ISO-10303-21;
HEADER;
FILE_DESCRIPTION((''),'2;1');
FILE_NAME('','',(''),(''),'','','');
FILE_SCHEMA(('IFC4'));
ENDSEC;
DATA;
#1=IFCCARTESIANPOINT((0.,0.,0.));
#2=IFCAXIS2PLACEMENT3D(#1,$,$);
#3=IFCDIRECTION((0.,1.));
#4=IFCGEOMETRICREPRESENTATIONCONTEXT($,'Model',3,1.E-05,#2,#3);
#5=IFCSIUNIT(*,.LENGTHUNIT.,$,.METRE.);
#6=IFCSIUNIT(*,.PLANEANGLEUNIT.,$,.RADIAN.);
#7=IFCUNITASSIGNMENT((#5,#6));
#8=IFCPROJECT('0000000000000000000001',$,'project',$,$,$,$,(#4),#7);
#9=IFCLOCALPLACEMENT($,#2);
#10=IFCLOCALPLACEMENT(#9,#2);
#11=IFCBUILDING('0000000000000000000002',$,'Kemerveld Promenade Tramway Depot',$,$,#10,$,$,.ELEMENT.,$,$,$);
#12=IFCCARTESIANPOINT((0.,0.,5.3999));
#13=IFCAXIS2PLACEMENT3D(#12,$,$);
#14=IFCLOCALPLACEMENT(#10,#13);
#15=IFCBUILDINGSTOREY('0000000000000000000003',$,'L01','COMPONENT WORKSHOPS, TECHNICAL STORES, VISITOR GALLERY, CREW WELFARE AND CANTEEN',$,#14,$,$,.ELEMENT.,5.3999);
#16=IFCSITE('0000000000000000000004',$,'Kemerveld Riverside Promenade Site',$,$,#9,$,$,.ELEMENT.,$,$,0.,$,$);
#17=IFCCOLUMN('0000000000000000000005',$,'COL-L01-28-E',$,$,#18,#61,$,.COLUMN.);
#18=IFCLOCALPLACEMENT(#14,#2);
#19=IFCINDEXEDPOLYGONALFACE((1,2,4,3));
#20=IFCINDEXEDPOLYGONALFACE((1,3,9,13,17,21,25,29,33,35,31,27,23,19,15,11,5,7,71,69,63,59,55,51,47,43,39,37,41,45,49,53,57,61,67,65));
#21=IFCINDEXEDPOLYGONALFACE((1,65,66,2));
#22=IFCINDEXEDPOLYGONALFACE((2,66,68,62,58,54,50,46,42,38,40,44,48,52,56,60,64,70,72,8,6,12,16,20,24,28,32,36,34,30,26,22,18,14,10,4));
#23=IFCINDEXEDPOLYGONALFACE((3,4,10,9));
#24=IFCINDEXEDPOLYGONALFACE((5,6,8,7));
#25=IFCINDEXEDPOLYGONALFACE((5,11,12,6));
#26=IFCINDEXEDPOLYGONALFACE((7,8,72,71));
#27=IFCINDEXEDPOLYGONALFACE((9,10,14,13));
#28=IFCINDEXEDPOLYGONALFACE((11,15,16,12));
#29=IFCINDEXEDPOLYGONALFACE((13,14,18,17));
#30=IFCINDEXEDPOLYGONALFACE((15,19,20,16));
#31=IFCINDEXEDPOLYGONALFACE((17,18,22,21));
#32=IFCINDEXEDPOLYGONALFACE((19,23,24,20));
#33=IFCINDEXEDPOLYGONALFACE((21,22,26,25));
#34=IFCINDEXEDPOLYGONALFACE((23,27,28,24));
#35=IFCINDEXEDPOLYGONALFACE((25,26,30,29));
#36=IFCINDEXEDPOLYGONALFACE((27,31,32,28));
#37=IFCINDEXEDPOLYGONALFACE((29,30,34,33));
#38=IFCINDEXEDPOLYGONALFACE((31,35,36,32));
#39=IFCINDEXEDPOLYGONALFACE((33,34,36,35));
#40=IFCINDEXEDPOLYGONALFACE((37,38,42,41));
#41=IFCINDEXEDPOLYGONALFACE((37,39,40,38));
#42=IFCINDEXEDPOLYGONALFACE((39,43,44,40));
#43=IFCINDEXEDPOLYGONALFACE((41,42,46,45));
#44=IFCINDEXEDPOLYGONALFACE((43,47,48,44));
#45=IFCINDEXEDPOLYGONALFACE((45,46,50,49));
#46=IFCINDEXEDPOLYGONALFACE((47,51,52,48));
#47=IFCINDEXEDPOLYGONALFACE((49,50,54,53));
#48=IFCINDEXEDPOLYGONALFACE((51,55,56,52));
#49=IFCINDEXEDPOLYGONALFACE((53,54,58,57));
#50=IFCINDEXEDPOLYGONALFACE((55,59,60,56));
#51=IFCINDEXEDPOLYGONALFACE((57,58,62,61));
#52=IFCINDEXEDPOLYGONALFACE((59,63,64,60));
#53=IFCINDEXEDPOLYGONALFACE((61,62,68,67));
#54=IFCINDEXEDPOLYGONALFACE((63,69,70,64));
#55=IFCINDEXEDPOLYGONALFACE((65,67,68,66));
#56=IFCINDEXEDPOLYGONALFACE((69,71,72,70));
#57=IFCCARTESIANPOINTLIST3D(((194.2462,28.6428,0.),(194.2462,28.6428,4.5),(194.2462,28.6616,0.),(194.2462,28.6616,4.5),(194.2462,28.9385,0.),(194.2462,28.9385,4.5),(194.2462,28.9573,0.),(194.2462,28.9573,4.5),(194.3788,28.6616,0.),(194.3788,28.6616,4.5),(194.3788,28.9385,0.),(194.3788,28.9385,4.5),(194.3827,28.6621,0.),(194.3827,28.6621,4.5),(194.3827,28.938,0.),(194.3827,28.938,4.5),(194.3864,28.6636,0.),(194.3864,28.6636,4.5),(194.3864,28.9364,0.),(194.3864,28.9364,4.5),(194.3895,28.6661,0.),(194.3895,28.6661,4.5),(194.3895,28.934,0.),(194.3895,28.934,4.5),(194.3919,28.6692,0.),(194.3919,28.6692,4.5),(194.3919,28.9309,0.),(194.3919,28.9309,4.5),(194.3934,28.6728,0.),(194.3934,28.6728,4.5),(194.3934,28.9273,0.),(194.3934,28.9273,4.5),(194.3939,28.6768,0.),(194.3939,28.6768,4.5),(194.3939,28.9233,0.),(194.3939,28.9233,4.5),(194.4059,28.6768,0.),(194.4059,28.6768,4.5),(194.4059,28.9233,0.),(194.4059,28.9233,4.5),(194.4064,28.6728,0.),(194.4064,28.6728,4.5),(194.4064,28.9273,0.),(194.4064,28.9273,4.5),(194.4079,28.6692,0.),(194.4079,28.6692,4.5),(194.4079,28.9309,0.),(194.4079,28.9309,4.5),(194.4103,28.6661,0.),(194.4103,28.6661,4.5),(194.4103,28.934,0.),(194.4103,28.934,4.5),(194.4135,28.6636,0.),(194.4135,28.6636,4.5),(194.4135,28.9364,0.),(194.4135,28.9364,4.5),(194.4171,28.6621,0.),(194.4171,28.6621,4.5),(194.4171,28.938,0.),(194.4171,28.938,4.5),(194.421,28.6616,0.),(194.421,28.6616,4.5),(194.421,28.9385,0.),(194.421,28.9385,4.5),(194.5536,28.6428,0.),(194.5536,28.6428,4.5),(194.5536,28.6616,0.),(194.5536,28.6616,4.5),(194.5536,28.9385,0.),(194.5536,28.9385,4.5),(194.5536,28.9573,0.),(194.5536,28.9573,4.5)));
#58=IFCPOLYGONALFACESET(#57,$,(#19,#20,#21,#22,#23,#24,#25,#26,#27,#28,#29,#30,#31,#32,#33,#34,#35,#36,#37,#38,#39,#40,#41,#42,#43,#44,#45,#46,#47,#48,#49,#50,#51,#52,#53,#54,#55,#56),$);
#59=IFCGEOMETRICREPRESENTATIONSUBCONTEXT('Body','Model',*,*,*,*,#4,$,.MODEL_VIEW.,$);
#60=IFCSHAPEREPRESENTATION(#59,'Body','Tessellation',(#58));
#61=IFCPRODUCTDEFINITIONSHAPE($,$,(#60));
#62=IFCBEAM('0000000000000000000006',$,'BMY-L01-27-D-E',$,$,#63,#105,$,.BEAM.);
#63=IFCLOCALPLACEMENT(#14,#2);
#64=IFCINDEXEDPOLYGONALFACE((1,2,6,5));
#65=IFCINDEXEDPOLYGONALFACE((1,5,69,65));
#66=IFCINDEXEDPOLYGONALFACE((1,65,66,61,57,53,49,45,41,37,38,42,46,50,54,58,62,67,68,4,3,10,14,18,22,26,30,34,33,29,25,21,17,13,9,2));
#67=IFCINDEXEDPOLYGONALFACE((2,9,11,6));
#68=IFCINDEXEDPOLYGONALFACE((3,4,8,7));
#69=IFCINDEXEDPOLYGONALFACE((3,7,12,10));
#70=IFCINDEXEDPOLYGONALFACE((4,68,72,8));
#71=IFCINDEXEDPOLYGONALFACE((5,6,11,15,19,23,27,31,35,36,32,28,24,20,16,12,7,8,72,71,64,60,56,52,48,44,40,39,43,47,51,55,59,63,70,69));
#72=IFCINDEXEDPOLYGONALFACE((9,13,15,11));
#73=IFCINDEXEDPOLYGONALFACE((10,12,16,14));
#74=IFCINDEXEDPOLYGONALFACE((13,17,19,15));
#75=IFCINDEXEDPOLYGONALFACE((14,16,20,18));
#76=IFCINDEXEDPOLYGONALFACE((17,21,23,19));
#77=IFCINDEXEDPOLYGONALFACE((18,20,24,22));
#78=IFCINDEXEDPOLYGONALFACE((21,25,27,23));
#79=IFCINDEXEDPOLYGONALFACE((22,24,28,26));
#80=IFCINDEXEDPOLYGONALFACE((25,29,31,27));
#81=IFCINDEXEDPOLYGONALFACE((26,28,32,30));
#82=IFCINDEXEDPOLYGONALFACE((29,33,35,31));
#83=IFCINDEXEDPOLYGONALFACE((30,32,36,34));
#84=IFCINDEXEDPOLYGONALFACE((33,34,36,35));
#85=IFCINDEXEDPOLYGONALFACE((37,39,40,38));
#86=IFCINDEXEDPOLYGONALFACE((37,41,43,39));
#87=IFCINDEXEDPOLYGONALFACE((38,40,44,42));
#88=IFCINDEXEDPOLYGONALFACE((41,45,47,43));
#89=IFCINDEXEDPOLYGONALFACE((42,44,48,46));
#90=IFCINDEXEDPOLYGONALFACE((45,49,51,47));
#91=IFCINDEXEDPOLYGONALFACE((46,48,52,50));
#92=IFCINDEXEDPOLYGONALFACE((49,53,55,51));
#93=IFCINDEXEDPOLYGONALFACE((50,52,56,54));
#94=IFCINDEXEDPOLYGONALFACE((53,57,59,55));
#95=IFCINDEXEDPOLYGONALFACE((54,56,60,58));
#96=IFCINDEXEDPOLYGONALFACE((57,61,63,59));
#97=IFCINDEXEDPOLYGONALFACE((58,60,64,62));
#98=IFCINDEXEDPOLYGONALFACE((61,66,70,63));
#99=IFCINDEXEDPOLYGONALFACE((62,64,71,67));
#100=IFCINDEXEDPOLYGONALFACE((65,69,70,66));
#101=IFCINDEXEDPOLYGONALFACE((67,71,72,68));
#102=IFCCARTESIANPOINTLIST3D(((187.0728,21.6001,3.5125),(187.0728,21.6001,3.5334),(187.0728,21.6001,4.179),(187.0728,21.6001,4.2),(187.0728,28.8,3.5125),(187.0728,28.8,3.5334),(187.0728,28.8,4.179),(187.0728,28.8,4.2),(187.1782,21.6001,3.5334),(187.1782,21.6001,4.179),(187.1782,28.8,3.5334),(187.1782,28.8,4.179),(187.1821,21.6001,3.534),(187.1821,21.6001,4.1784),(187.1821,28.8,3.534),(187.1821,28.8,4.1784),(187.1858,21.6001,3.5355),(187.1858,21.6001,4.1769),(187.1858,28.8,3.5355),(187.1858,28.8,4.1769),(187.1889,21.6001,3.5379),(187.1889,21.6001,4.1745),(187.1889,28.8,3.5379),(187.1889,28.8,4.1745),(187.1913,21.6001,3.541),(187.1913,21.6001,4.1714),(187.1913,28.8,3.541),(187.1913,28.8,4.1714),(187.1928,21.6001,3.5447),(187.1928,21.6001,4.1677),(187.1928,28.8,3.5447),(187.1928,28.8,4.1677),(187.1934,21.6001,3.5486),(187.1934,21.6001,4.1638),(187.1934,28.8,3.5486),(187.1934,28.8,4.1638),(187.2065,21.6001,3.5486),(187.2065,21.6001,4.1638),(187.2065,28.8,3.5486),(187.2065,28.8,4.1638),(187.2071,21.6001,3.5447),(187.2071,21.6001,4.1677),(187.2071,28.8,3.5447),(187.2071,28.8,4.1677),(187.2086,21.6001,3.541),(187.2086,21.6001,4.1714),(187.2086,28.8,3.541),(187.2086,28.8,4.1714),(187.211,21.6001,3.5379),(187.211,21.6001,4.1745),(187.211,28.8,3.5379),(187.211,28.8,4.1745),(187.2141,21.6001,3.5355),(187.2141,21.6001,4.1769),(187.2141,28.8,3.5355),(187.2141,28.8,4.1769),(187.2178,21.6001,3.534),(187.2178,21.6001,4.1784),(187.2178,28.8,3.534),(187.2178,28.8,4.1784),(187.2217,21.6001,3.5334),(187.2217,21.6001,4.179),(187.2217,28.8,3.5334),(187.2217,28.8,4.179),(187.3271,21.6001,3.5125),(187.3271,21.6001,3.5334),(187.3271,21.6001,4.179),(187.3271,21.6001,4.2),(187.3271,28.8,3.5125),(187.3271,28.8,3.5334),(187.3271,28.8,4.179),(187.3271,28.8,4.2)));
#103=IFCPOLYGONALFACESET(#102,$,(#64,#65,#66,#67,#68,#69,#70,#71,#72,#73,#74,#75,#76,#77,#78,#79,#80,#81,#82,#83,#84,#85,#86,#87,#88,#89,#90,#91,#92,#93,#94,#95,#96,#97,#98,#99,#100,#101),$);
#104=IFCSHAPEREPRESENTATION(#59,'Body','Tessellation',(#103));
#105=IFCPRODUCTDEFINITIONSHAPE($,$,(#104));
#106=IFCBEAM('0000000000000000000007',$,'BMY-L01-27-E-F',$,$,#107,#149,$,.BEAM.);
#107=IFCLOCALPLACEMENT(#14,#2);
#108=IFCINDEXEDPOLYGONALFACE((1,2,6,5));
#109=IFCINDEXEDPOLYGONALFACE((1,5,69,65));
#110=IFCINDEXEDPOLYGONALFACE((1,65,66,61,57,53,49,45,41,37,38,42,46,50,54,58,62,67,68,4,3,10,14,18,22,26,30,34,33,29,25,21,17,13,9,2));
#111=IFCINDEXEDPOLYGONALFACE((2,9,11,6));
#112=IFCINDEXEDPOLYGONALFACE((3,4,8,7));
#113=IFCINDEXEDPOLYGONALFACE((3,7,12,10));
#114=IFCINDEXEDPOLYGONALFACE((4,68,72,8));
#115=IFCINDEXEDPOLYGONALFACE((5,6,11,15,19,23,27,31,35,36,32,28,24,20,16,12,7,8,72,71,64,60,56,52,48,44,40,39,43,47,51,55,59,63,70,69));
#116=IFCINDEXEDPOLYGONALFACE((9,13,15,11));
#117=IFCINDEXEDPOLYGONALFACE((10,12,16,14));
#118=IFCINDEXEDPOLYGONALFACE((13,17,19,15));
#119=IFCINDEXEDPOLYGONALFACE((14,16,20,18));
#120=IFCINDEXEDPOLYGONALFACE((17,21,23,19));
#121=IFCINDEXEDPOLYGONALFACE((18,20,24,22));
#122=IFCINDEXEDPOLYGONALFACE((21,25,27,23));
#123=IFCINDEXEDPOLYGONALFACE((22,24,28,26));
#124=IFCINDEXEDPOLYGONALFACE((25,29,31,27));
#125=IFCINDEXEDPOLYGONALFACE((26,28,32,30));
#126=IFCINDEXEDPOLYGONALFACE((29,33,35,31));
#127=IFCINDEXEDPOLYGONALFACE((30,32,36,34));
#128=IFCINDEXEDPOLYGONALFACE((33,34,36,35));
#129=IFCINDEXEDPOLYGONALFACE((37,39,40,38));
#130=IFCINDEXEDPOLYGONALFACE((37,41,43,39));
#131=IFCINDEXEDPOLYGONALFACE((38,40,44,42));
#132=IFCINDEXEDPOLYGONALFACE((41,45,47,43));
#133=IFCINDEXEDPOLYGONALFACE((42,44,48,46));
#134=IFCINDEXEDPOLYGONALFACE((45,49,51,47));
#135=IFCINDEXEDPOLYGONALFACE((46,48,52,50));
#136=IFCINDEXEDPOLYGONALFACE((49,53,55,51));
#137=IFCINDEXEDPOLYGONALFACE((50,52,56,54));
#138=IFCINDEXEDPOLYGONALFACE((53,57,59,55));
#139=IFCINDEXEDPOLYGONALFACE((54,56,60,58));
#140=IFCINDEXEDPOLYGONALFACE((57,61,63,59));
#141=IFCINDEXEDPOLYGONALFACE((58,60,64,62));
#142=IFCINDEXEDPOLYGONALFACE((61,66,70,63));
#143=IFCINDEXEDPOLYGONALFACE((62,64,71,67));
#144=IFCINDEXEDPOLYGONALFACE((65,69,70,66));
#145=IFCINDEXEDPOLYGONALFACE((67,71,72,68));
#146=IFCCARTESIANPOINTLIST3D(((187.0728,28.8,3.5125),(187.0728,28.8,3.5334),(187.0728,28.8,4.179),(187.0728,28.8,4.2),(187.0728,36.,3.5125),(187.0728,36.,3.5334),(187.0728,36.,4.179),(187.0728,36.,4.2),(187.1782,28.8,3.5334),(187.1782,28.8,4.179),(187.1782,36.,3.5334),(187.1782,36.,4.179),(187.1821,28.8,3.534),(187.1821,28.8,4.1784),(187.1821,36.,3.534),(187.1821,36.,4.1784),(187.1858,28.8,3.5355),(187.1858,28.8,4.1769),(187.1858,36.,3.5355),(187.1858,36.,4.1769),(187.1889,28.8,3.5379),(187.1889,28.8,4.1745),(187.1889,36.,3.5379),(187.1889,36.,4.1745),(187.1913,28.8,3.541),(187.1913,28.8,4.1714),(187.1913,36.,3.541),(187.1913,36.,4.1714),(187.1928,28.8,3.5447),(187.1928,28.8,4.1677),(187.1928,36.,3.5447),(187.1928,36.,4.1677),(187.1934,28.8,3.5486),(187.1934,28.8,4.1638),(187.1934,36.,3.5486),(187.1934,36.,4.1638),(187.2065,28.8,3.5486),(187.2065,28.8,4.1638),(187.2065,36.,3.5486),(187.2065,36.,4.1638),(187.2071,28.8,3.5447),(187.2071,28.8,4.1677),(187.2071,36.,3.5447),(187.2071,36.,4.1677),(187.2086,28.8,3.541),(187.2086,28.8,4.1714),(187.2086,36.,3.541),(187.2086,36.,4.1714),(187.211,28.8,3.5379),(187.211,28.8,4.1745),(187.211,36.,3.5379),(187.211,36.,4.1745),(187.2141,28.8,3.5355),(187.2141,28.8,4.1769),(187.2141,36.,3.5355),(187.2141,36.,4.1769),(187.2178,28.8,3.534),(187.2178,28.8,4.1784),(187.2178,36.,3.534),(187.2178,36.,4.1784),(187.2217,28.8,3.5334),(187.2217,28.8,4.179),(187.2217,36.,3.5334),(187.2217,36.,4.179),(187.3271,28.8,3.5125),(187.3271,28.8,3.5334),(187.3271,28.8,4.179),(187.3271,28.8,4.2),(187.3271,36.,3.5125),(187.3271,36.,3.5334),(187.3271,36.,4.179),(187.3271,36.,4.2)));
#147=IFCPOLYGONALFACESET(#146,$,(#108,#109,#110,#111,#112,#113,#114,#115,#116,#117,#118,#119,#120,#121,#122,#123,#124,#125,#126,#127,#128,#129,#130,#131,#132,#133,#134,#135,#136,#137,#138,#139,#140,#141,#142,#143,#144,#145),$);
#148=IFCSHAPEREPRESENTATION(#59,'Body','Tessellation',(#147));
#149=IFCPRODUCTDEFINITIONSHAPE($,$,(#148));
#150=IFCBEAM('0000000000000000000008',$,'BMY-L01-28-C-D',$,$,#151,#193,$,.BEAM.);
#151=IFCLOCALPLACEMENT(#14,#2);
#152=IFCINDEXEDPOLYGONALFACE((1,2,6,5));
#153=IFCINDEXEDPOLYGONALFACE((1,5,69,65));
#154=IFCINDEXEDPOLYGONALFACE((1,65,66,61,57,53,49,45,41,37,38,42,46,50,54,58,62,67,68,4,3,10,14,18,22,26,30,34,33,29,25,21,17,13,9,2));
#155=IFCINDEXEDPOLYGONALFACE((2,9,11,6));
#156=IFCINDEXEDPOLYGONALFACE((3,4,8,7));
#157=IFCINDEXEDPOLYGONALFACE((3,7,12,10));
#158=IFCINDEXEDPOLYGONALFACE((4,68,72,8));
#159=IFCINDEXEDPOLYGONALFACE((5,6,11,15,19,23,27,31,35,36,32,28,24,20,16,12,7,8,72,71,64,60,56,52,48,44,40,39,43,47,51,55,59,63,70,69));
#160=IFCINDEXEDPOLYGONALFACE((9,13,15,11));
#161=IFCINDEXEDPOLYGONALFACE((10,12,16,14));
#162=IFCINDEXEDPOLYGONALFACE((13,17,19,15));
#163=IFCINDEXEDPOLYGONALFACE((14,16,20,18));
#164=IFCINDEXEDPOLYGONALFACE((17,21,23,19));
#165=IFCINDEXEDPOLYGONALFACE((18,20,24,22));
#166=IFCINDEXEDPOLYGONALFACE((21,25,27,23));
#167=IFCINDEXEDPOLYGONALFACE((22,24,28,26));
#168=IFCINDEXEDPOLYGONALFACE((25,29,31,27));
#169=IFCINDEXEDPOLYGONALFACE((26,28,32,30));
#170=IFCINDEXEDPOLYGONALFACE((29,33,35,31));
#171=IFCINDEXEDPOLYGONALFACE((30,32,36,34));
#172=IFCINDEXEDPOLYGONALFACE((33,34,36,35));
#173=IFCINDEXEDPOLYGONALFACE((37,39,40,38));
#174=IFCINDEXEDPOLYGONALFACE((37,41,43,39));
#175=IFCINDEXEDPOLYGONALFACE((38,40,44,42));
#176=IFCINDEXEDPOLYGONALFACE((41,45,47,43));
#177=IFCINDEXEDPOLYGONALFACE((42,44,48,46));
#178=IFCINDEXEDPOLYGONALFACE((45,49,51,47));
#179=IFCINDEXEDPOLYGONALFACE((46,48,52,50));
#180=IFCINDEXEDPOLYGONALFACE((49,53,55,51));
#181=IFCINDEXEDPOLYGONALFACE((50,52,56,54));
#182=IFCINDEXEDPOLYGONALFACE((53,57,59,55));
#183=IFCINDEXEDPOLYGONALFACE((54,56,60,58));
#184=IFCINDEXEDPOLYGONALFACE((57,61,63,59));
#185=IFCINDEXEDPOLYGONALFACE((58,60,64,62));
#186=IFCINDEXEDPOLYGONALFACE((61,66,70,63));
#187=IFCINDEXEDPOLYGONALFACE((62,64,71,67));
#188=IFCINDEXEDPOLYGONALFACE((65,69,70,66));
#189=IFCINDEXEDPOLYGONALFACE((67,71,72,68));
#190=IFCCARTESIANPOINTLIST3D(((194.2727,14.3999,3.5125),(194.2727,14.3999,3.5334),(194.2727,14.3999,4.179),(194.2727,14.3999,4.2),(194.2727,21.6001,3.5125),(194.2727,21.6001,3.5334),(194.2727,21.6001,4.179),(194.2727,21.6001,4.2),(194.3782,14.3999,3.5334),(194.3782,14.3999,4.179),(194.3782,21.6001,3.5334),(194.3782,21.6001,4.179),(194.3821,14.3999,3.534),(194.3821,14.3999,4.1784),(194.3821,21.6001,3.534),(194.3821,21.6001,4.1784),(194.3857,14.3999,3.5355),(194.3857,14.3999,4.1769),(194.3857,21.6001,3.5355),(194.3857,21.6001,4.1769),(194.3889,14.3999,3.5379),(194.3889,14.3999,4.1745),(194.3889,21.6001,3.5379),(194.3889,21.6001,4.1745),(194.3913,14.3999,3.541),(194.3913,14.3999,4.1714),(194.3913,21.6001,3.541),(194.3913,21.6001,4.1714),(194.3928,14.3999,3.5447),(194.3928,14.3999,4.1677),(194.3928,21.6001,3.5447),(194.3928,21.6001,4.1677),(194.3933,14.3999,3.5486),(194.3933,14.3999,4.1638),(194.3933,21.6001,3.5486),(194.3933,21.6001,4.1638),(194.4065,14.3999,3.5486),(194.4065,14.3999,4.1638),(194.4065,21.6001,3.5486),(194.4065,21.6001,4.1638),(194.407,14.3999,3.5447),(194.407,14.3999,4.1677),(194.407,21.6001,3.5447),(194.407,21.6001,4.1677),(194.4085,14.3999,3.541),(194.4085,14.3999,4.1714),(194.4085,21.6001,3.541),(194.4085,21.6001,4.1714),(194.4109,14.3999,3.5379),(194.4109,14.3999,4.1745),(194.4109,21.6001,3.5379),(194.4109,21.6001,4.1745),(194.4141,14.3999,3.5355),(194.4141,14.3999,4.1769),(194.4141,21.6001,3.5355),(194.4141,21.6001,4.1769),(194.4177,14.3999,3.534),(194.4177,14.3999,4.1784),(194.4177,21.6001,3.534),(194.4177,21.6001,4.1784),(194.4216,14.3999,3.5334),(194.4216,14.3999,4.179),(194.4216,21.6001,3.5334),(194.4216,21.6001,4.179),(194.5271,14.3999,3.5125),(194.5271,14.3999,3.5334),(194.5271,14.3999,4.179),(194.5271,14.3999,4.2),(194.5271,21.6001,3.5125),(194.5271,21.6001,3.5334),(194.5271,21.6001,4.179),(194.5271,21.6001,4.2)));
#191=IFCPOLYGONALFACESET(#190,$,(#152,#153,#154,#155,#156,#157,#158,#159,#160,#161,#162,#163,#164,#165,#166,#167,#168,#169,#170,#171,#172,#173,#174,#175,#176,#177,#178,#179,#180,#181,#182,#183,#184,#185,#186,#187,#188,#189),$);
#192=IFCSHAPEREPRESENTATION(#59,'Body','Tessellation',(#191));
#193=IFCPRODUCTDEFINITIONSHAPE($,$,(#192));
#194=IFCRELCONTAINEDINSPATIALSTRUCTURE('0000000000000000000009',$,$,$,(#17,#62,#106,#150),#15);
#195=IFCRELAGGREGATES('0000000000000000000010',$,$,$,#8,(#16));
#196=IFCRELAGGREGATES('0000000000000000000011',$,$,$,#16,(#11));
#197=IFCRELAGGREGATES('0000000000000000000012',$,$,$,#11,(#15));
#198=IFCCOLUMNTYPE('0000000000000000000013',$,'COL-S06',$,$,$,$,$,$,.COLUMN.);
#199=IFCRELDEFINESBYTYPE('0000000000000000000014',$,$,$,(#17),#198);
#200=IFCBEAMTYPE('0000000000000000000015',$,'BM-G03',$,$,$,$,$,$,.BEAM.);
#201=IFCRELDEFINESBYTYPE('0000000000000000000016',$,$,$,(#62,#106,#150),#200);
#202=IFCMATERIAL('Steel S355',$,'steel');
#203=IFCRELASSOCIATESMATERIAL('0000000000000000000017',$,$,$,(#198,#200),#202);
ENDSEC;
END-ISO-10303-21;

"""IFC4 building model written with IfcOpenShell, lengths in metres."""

from ifc_helpers import new_model, si_unit, direction, frame, origin, origin_2d, place, context, subcontext, project, spatial, i_section, extrude, material, material_profile, profile_set, type_object, element, save


model = new_model("IFC4")

# Units and contexts
model_context = context("Model", 3, precision=1e-05, world=origin(), true_north=direction((0.0, 1.0)))
body_context = subcontext(model_context, "Body", "Model", "MODEL_VIEW")
ifc_project = project(units=[si_unit("LENGTHUNIT", "METRE"), si_unit("PLANEANGLEUNIT", "RADIAN")], contexts=[model_context])

# Site, building, storey
site_placement = place(None, origin())
site = spatial("IfcSite", under=ifc_project, at=site_placement, Name="Kemerveld Riverside Promenade Site", CompositionType="ELEMENT", RefElevation=0.0)
building_placement = place(site_placement, origin())
building = spatial("IfcBuilding", under=site, at=building_placement, Name="Kemerveld Promenade Tramway Depot", CompositionType="ELEMENT")
storey_placement = place(building_placement, frame((0.0, 0.0, 5.3999)))
storey = spatial("IfcBuildingStorey", under=building, at=storey_placement, Name="L01", Description="COMPONENT WORKSHOPS, TECHNICAL STORES, VISITOR GALLERY, CREW WELFARE AND CANTEEN", CompositionType="ELEMENT", Elevation=5.3999)

# Column
ifc_material_1 = material(Name="Steel S355", Category="steel")
ifc_material_profile_1 = material_profile(ifc_material_1, i_section(OverallWidth=0.3074, OverallDepth=0.3145, WebThickness=0.012, FlangeThickness=0.0188, FilletRadius=0.0151, at=origin_2d()), Name="305x305x118 UC")
ifc_profile_set_1 = profile_set([ifc_material_profile_1], Name="Steel S355")
column_type = type_object("IfcColumnType", Name="COL-S06", PredefinedType="COLUMN", material=ifc_profile_set_1)
for number, where, z_axis, x_axis, name in (
    (1, (194.3999, 28.8, 0.0), (0.0, 0.0, 1.0), (1.0, 0.0, 0.0), "COL-L01-28-E"),
):
    element("IfcColumn", number, at=place(storey_placement, frame(where, z_axis=z_axis, x_axis=x_axis)), inside=storey, type_object=column_type, Name=name, PredefinedType="COLUMN", context=body_context, shape_type="SweptSolid", body=[
        extrude(i_section(OverallWidth=0.3074, OverallDepth=0.3145, WebThickness=0.012, FlangeThickness=0.0188, FilletRadius=0.0151, at=origin_2d()), origin(), (0.0, 0.0, 1.0), 4.5),
    ])

# Beams
ifc_material_profile_2 = material_profile(ifc_material_1, i_section(OverallWidth=0.2544, OverallDepth=0.6875, WebThickness=0.0132, FlangeThickness=0.021, FilletRadius=0.0151, at=origin_2d()), Name="686x254x152 UB")
ifc_profile_set_2 = profile_set([ifc_material_profile_2], Name="Steel S355")
beam_type_1 = type_object("IfcBeamType", Name="BM-G03", PredefinedType="BEAM", material=ifc_profile_set_2)
for number, where, z_axis, x_axis, name in (
    (2, (187.2, 21.6001, 3.8562), (0.0, 1.0, 0.0), (-1.0, 0.0, 0.0), "BMY-L01-27-D-E"),
    (3, (187.2, 28.8, 3.8562), (0.0, 1.0, 0.0), (-1.0, 0.0, 0.0), "BMY-L01-27-E-F"),
):
    element("IfcBeam", number, at=place(storey_placement, frame(where, z_axis=z_axis, x_axis=x_axis)), inside=storey, type_object=beam_type_1, Name=name, PredefinedType="BEAM", context=body_context, shape_type="SweptSolid", body=[
        extrude(i_section(OverallWidth=0.2544, OverallDepth=0.6875, WebThickness=0.0132, FlangeThickness=0.021, FilletRadius=0.0151, at=origin_2d()), origin(), (0.0, 0.0, 1.0), 7.2),
    ])
beam_1_placement = place(storey_placement, frame((194.3999, 14.3999, 3.8562), z_axis=(0.0, 1.0, 0.0), x_axis=(-1.0, 0.0, 0.0)))
element("IfcBeam", 4, at=beam_1_placement, inside=storey, type_object=beam_type_1, Name="BMY-L01-28-C-D", PredefinedType="BEAM", context=body_context, shape_type="SweptSolid", body=[
    extrude(i_section(OverallWidth=0.2544, OverallDepth=0.6875, WebThickness=0.0132, FlangeThickness=0.021, FilletRadius=0.0151, at=origin_2d()), origin(), (0.0, 0.0, 1.0), 7.2002),
])

save(model, "model.ifc")
